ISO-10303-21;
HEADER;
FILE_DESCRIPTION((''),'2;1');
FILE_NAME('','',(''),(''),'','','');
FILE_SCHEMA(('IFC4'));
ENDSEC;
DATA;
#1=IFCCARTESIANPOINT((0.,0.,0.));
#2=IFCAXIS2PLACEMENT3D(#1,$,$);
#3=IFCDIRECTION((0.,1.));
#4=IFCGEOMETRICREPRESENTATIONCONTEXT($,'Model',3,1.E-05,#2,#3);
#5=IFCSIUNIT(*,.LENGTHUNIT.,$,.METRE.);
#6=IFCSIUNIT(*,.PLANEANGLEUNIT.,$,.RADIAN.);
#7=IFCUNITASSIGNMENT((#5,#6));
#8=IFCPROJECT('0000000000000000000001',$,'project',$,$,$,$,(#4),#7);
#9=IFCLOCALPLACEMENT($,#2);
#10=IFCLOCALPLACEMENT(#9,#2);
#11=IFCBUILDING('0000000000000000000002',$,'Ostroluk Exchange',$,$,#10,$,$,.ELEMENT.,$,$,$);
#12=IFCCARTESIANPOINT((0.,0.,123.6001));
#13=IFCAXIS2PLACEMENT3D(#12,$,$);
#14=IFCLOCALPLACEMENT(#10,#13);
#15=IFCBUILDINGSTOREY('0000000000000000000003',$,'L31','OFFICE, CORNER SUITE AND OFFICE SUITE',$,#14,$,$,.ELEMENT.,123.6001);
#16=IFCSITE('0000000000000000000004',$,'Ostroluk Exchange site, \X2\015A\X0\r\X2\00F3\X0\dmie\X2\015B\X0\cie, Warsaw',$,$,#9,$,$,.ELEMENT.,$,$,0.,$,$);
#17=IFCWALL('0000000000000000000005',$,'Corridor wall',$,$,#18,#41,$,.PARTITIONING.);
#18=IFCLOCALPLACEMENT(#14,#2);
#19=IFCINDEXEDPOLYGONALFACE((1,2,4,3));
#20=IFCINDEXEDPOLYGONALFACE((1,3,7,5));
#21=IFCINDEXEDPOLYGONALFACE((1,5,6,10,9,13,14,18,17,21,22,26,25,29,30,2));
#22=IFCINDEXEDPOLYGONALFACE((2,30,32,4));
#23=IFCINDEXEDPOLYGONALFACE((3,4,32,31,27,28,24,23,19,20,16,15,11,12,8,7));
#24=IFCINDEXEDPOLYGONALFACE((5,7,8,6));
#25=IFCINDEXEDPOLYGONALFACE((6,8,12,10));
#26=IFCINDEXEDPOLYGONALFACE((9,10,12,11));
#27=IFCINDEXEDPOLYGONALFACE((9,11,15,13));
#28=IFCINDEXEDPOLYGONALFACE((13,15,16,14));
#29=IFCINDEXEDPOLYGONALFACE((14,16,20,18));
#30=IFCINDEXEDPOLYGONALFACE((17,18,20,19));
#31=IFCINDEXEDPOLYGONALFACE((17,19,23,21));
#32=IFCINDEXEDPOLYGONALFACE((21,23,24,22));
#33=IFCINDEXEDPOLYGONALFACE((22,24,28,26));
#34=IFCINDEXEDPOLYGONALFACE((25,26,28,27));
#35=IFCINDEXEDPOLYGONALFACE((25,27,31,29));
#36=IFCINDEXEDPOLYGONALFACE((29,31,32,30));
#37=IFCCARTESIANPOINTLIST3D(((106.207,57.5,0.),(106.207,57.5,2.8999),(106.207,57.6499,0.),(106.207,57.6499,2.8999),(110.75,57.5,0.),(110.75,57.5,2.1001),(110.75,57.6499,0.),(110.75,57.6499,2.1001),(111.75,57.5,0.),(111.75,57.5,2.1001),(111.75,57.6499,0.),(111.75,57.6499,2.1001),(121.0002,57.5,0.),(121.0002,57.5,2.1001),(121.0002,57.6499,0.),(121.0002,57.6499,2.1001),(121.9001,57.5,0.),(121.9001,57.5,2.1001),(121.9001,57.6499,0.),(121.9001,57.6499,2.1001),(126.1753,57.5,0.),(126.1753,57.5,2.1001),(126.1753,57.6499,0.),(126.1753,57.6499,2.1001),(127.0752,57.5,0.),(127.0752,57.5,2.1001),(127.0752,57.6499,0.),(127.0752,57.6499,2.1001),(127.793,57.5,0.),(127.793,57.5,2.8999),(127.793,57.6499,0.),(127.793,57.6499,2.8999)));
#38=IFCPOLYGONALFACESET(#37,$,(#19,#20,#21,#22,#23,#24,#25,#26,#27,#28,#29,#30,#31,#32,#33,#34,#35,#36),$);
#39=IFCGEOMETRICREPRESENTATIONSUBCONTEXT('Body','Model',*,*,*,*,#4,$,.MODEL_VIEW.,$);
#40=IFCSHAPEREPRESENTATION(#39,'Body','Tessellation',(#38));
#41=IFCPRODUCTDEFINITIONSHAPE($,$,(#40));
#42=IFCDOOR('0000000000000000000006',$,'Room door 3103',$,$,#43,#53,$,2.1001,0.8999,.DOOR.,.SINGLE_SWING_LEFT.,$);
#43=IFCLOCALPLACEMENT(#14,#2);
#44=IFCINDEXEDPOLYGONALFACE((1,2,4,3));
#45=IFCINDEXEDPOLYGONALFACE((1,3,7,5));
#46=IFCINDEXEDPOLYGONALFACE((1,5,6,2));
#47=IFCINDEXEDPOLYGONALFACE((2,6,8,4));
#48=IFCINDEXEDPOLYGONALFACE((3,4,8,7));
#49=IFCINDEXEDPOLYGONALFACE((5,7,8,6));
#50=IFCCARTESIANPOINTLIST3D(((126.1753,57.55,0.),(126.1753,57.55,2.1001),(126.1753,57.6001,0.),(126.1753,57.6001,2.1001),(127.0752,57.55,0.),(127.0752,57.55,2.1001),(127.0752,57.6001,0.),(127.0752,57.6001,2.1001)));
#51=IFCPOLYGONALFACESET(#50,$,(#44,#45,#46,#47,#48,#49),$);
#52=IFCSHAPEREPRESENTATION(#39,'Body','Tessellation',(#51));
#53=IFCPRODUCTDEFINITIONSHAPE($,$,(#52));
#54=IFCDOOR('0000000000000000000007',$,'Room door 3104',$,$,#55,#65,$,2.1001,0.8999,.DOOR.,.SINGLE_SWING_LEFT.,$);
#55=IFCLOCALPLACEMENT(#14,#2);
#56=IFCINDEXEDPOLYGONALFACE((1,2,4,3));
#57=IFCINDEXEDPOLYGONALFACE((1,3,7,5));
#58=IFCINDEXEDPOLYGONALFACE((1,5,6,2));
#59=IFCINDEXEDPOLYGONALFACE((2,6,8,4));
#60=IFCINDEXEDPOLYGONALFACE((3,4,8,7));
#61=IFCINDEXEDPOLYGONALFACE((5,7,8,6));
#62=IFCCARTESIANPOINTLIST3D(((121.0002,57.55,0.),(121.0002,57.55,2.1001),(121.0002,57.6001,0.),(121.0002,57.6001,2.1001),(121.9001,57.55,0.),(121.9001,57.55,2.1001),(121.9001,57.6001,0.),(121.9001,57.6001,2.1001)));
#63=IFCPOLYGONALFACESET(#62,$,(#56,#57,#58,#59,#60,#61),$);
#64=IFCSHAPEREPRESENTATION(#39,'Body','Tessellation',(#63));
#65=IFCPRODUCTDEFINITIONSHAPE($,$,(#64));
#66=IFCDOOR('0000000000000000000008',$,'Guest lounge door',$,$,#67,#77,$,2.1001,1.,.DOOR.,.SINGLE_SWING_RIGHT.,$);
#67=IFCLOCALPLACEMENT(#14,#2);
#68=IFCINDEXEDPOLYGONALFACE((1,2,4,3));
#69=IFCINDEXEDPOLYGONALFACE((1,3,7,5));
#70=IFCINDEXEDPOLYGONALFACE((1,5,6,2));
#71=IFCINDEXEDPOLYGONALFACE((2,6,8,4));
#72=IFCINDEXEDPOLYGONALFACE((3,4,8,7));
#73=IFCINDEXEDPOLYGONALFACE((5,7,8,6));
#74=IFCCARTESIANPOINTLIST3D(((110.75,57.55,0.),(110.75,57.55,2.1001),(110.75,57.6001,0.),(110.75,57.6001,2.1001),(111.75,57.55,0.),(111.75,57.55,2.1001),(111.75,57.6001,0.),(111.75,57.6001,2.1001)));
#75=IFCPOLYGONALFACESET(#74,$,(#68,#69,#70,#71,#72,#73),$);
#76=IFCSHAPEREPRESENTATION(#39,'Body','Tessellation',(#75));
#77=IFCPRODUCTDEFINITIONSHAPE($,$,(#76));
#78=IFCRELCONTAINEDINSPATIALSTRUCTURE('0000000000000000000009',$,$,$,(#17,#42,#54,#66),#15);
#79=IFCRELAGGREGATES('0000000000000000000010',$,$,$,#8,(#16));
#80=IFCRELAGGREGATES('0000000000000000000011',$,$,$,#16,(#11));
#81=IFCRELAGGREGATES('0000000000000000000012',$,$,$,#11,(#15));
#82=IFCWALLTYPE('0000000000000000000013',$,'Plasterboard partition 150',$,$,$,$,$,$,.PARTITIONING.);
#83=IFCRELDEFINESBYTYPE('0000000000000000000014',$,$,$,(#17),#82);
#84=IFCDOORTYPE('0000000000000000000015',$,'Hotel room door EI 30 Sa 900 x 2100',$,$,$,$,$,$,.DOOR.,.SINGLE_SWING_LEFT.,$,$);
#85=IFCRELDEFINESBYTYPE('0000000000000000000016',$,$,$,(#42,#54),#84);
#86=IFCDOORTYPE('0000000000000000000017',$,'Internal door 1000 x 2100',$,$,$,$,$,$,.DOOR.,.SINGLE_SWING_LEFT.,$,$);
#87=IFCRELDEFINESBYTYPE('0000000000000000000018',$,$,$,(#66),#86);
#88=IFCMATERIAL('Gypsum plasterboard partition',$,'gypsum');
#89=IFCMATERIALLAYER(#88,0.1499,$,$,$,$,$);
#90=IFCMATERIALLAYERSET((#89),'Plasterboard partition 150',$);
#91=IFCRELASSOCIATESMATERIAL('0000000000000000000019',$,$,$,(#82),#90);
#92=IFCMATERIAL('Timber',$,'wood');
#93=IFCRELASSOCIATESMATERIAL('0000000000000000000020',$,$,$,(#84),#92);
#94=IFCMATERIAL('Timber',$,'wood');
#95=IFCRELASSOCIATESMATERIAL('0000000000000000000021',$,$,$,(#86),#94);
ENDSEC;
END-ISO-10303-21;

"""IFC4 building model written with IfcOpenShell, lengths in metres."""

from ifc_helpers import new_model, si_unit, direction, frame, frame_2d, origin, place, context, subcontext, project, spatial, rectangle, extrude, material, layer, layer_set, type_object, element, fill, save


model = new_model("IFC4")

# Units and contexts
model_context = context("Model", 3, precision=1e-05, world=origin(), true_north=direction((0.0, 1.0)))
body_context = subcontext(model_context, "Body", "Model", "MODEL_VIEW")
ifc_project = project(units=[si_unit("LENGTHUNIT", "METRE"), si_unit("PLANEANGLEUNIT", "RADIAN")], contexts=[model_context])

# Site, building, storey
site_placement = place(None, origin())
site = spatial("IfcSite", under=ifc_project, at=site_placement, Name="Ostroluk Exchange site, Śródmieście, Warsaw", CompositionType="ELEMENT", RefElevation=0.0)
building_placement = place(site_placement, origin())
building = spatial("IfcBuilding", under=site, at=building_placement, Name="Ostroluk Exchange", CompositionType="ELEMENT")
storey_placement = place(building_placement, frame((0.0, 0.0, 123.6001)))
storey = spatial("IfcBuildingStorey", under=building, at=storey_placement, Name="L31", Description="OFFICE, CORNER SUITE AND OFFICE SUITE", CompositionType="ELEMENT", Elevation=123.6001)

# Wall, openings, doors
ifc_material_1 = material(Name="Gypsum plasterboard partition", Category="gypsum")
ifc_layer_1 = layer(ifc_material_1, 0.1499)
ifc_layer_set_1 = layer_set([ifc_layer_1], Name="Plasterboard partition 150")
wall_type_1 = type_object("IfcWallType", Name="Plasterboard partition 150", PredefinedType="PARTITIONING", material=ifc_layer_set_1)
wall_1_placement = place(storey_placement, frame((127.793, 57.575, 0.0), z_axis=(0.0, 0.0, 1.0), x_axis=(-1.0, 0.0, 0.0)))
wall_1 = element("IfcWall", 1, at=wall_1_placement, inside=storey, type_object=wall_type_1, Name="Corridor wall", PredefinedType="PARTITIONING", context=body_context, shape_type="SweptSolid", body=[
    extrude(rectangle(XDim=21.5859, YDim=0.1499, at=frame_2d((10.793, 0.0))), origin(), (0.0, 0.0, 1.0), 2.8999),
])
opening_1_placement = place(wall_1_placement, frame((0.7178, 0.0, 0.0)))
opening_1 = element("IfcOpeningElement", 2, at=opening_1_placement, cuts=wall_1, PredefinedType="OPENING", context=body_context, shape_type="SweptSolid", body=[
    extrude(rectangle(XDim=0.8999, YDim=2.1001, at=frame_2d((0.45, 1.05))), frame((0.0, 0.085, 0.0), z_axis=(0.0, -1.0, 0.0), x_axis=(1.0, 0.0, 0.0)), (0.0, 0.0, 1.0), 0.1699),
])
opening_2_placement = place(wall_1_placement, frame((5.8928, 0.0, 0.0)))
opening_2 = element("IfcOpeningElement", 3, at=opening_2_placement, cuts=wall_1, PredefinedType="OPENING", context=body_context, shape_type="SweptSolid", body=[
    extrude(rectangle(XDim=0.8999, YDim=2.1001, at=frame_2d((0.45, 1.05))), frame((0.0, 0.085, 0.0), z_axis=(0.0, -1.0, 0.0), x_axis=(1.0, 0.0, 0.0)), (0.0, 0.0, 1.0), 0.1699),
])
opening_3_placement = place(wall_1_placement, frame((16.043, 0.0, 0.0)))
opening_3 = element("IfcOpeningElement", 4, at=opening_3_placement, cuts=wall_1, PredefinedType="OPENING", context=body_context, shape_type="SweptSolid", body=[
    extrude(rectangle(XDim=1.0, YDim=2.1001, at=frame_2d((0.5, 1.05))), frame((0.0, 0.085, 0.0), z_axis=(0.0, -1.0, 0.0), x_axis=(1.0, 0.0, 0.0)), (0.0, 0.0, 1.0), 0.1699),
])
ifc_material_2 = material(Name="Timber", Category="wood")
door_type_1 = type_object("IfcDoorType", Name="Hotel room door EI 30 Sa 900 x 2100", OperationType="SINGLE_SWING_LEFT", PredefinedType="DOOR", material=ifc_material_2)
door_1_placement = place(opening_1_placement, origin())
door_1 = element("IfcDoor", 5, at=door_1_placement, inside=storey, type_object=door_type_1, Name="Room door 3103", OperationType="SINGLE_SWING_LEFT", OverallHeight=2.1001, OverallWidth=0.8999, PredefinedType="DOOR", context=body_context, shape_type="SweptSolid", body=[
    extrude(rectangle(XDim=0.8999, YDim=2.1001, at=frame_2d((0.45, 1.05))), frame((0.0, 0.0249, 0.0), z_axis=(0.0, -1.0, 0.0), x_axis=(1.0, 0.0, 0.0)), (0.0, 0.0, 1.0), 0.05),
])
fill(opening_1, door_1)
door_2_placement = place(opening_2_placement, origin())
door_2 = element("IfcDoor", 6, at=door_2_placement, inside=storey, type_object=door_type_1, Name="Room door 3104", OperationType="SINGLE_SWING_LEFT", OverallHeight=2.1001, OverallWidth=0.8999, PredefinedType="DOOR", context=body_context, shape_type="SweptSolid", body=[
    extrude(rectangle(XDim=0.8999, YDim=2.1001, at=frame_2d((0.45, 1.05))), frame((0.0, 0.0249, 0.0), z_axis=(0.0, -1.0, 0.0), x_axis=(1.0, 0.0, 0.0)), (0.0, 0.0, 1.0), 0.05),
])
fill(opening_2, door_2)
ifc_material_3 = material(Name="Timber", Category="wood")
door_type_2 = type_object("IfcDoorType", Name="Internal door 1000 x 2100", OperationType="SINGLE_SWING_LEFT", PredefinedType="DOOR", material=ifc_material_3)
door_3_placement = place(opening_3_placement, origin())
door_3 = element("IfcDoor", 7, at=door_3_placement, inside=storey, type_object=door_type_2, Name="Guest lounge door", OperationType="SINGLE_SWING_RIGHT", OverallHeight=2.1001, OverallWidth=1.0, PredefinedType="DOOR", context=body_context, shape_type="SweptSolid", body=[
    extrude(rectangle(XDim=1.0, YDim=2.1001, at=frame_2d((0.5, 1.05))), frame((0.0, 0.0249, 0.0), z_axis=(0.0, -1.0, 0.0), x_axis=(1.0, 0.0, 0.0)), (0.0, 0.0, 1.0), 0.05),
])
fill(opening_3, door_3)

save(model, "model.ifc")
